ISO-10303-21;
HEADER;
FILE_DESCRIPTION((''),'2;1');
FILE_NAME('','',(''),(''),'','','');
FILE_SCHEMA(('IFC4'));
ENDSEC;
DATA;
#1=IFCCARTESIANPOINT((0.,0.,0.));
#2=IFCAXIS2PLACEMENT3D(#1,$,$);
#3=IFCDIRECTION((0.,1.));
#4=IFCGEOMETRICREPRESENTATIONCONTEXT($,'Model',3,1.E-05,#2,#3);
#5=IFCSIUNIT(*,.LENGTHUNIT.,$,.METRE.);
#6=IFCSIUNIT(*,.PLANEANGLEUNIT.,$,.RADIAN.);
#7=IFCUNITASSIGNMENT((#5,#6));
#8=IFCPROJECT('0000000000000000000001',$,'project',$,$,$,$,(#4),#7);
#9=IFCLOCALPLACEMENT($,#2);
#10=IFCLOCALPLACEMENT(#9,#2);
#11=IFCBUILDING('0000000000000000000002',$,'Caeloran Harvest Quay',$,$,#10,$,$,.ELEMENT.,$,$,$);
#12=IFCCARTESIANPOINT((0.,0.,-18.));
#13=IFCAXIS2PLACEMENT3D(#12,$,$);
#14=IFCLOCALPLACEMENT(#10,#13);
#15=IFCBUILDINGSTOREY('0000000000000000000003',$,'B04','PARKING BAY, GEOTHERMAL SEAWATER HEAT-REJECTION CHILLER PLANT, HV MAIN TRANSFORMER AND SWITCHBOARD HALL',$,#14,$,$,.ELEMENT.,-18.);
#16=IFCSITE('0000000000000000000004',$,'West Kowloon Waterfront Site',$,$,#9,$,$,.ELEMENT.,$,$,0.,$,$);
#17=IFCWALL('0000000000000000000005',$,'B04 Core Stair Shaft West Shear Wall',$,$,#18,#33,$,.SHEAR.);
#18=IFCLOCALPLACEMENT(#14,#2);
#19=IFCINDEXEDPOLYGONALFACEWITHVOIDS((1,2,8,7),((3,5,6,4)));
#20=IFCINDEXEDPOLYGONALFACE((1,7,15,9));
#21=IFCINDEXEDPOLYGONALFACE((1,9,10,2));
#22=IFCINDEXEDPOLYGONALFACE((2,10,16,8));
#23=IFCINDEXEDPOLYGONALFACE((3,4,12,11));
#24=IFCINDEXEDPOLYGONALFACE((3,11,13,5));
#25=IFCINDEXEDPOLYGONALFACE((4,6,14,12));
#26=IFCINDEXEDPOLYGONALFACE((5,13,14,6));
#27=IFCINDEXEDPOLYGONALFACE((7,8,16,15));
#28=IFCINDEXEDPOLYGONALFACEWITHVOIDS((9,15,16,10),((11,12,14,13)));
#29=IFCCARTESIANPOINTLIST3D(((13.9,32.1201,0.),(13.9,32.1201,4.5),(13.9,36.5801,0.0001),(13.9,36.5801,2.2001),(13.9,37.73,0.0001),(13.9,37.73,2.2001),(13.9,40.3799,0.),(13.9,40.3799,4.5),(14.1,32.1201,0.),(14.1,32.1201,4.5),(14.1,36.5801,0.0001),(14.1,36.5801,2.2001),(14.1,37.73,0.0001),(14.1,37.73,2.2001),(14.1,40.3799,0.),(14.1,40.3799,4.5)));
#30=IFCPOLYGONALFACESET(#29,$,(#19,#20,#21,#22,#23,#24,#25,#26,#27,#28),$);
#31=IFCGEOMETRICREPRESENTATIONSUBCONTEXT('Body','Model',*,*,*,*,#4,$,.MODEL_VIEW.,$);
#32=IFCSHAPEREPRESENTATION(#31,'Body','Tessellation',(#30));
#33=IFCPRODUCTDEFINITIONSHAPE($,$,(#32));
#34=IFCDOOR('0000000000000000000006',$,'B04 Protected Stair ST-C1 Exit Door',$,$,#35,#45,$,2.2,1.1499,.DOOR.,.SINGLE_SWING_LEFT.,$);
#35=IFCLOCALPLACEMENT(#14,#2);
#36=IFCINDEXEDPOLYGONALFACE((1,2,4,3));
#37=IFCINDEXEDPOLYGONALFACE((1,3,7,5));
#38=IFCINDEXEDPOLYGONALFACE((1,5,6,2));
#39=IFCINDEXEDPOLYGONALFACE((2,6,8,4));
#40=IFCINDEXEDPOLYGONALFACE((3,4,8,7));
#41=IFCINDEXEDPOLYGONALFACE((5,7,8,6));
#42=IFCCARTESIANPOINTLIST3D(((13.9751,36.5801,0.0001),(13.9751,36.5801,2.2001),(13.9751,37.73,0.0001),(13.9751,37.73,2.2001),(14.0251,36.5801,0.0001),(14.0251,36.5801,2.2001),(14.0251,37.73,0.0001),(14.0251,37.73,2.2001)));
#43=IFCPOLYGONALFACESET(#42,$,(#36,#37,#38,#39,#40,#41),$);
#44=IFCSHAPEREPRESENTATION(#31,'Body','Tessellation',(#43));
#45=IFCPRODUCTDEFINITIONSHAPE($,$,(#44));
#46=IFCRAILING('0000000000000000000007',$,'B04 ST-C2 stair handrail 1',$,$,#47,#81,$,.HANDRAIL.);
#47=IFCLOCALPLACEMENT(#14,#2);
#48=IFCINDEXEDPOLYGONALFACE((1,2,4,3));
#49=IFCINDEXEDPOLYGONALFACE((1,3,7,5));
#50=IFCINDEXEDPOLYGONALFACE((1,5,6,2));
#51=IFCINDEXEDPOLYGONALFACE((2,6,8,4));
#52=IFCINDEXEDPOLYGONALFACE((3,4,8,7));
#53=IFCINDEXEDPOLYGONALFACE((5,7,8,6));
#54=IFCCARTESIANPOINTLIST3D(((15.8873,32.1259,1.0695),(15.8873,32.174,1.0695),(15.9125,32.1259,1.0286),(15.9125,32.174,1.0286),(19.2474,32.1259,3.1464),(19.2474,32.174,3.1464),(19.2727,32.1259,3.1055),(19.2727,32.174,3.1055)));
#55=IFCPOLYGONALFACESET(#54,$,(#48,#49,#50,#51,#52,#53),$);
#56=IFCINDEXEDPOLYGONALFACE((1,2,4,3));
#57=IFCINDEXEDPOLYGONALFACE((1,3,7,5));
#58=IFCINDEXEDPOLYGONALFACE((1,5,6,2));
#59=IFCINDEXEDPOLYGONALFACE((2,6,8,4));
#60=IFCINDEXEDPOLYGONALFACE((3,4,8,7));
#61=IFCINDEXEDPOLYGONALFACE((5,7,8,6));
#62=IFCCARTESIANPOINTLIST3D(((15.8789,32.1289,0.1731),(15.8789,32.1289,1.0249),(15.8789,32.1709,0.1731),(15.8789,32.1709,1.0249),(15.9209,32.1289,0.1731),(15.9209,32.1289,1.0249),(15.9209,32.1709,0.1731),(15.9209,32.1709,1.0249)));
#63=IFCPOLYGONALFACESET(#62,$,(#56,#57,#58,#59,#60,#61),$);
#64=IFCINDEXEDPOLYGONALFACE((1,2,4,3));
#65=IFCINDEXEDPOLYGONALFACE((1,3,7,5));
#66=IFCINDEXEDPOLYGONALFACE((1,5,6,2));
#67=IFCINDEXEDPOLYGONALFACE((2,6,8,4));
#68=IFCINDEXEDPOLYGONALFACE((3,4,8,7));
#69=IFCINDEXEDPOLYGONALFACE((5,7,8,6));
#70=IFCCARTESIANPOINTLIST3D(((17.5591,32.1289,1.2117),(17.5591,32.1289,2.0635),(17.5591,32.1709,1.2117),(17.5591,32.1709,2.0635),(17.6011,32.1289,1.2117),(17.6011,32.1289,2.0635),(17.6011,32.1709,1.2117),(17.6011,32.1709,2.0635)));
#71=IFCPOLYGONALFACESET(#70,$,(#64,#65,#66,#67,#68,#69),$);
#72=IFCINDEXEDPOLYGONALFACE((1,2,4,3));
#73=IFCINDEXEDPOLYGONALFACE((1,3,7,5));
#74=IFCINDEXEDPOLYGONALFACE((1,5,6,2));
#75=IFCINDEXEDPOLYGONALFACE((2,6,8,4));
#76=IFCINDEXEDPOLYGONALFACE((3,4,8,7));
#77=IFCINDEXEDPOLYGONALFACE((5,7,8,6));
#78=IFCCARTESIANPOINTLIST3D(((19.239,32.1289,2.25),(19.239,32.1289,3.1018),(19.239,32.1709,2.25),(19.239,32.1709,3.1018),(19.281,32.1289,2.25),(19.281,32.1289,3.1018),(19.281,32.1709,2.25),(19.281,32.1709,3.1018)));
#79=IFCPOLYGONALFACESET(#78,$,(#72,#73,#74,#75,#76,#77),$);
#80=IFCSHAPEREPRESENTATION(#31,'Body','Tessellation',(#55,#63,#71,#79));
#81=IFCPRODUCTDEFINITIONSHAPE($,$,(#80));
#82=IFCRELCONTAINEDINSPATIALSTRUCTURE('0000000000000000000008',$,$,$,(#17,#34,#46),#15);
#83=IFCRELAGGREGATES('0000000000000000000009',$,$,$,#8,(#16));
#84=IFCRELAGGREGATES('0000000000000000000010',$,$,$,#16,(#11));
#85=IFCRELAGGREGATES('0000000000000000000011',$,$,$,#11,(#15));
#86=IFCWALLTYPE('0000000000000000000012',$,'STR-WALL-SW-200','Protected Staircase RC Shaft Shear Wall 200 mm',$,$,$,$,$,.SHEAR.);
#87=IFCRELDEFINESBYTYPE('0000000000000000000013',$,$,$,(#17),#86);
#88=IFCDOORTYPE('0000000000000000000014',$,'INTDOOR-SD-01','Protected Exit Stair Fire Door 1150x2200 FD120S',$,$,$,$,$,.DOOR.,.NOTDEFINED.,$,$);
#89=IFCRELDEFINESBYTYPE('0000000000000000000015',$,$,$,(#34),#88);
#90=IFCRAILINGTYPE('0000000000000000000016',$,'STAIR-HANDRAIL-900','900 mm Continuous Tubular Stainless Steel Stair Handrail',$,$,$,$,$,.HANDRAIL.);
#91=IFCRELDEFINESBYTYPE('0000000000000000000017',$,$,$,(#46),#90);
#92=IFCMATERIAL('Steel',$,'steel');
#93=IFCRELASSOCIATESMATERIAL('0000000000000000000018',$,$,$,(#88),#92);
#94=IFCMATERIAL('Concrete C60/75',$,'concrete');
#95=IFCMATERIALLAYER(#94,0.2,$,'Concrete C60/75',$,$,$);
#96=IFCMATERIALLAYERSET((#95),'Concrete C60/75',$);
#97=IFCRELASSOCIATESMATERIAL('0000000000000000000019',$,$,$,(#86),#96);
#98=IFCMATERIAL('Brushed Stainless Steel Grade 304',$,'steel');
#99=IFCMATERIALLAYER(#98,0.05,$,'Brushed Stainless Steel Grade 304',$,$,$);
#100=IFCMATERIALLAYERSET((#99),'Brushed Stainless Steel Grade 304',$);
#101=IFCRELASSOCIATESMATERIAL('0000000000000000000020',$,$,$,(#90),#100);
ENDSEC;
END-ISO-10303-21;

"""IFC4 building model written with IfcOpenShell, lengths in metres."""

from ifc_helpers import new_model, si_unit, direction, frame, frame_2d, origin, origin_2d, place, context, subcontext, project, spatial, rectangle, extrude, material, layer, layer_set, type_object, element, fill, save


model = new_model("IFC4")

# Units and contexts
model_context = context("Model", 3, precision=1e-05, world=origin(), true_north=direction((0.0, 1.0)))
body_context = subcontext(model_context, "Body", "Model", "MODEL_VIEW")
ifc_project = project(units=[si_unit("LENGTHUNIT", "METRE"), si_unit("PLANEANGLEUNIT", "RADIAN")], contexts=[model_context])

# Site, building, storey
site_placement = place(None, origin())
site = spatial("IfcSite", under=ifc_project, at=site_placement, Name="West Kowloon Waterfront Site", CompositionType="ELEMENT", RefElevation=0.0)
building_placement = place(site_placement, origin())
building = spatial("IfcBuilding", under=site, at=building_placement, Name="Caeloran Harvest Quay", CompositionType="ELEMENT")
storey_placement = place(building_placement, frame((0.0, 0.0, -18.0)))
storey = spatial("IfcBuildingStorey", under=building, at=storey_placement, Name="B04", Description="PARKING BAY, GEOTHERMAL SEAWATER HEAT-REJECTION CHILLER PLANT, HV MAIN TRANSFORMER AND SWITCHBOARD HALL", CompositionType="ELEMENT", Elevation=-18.0)

# Shared definitions
ifc_material_1 = material(Name="Concrete C60/75", Category="concrete")

# Shared definitions
ifc_material_2 = material(Name="Steel", Category="steel")
door_type_1 = type_object("IfcDoorType", Name="INTDOOR-SD-01", Description="Protected Exit Stair Fire Door 1150x2200 FD120S", OperationType="NOTDEFINED", PredefinedType="DOOR", material=ifc_material_2)

# Wall, opening, door
ifc_layer_1 = layer(ifc_material_1, 0.2, Name="Concrete C60/75")
ifc_layer_set_1 = layer_set([ifc_layer_1], Name="Concrete C60/75")
wall_type_1 = type_object("IfcWallType", Name="STR-WALL-SW-200", Description="Protected Staircase RC Shaft Shear Wall 200 mm", PredefinedType="SHEAR", material=ifc_layer_set_1)
wall_1_placement = place(storey_placement, frame((14.0, 32.1201, 0.0), z_axis=(0.0, 0.0, 1.0), x_axis=(0.0, 1.0, 0.0)))
wall_1 = element("IfcWall", 1, at=wall_1_placement, inside=storey, type_object=wall_type_1, Name="B04 Core Stair Shaft West Shear Wall", PredefinedType="SHEAR", context=body_context, shape_type="SweptSolid", body=[
    extrude(rectangle(XDim=8.2598, YDim=0.2, at=frame_2d((4.1299, 0.0))), origin(), (0.0, 0.0, 1.0), 4.5),
])
opening_1_placement = place(wall_1_placement, frame((4.46, 0.0, 0.0)))
opening_1 = element("IfcOpeningElement", 2, at=opening_1_placement, cuts=wall_1, PredefinedType="OPENING", context=body_context, shape_type="SweptSolid", body=[
    extrude(rectangle(XDim=1.1499, YDim=2.2, at=frame_2d((0.575, 1.1001))), frame((0.0, 0.1099, 0.0), z_axis=(0.0, -1.0, 0.0), x_axis=(1.0, 0.0, 0.0)), (0.0, 0.0, 1.0), 0.22),
])
door_1_placement = place(opening_1_placement, origin())
door_1 = element("IfcDoor", 3, at=door_1_placement, inside=storey, type_object=door_type_1, Name="B04 Protected Stair ST-C1 Exit Door", OperationType="SINGLE_SWING_LEFT", OverallHeight=2.2, OverallWidth=1.1499, PredefinedType="DOOR", context=body_context, shape_type="SweptSolid", body=[
    extrude(rectangle(XDim=1.1499, YDim=2.2, at=frame_2d((0.575, 1.1001))), frame((0.0, 0.0249, 0.0), z_axis=(0.0, -1.0, 0.0), x_axis=(1.0, 0.0, 0.0)), (0.0, 0.0, 1.0), 0.05),
])
fill(opening_1, door_1)

# Railing
ifc_material_3 = material(Name="Brushed Stainless Steel Grade 304", Category="steel")
ifc_layer_2 = layer(ifc_material_3, 0.05, Name="Brushed Stainless Steel Grade 304")
ifc_layer_set_2 = layer_set([ifc_layer_2], Name="Brushed Stainless Steel Grade 304")
railing_type = type_object("IfcRailingType", Name="STAIR-HANDRAIL-900", Description="900 mm Continuous Tubular Stainless Steel Stair Handrail", PredefinedType="HANDRAIL", material=ifc_layer_set_2)
railing_placement = place(storey_placement, frame((15.8999, 32.1499, 0.1731)))
element("IfcRailing", 4, at=railing_placement, inside=storey, type_object=railing_type, Name="B04 ST-C2 stair handrail 1", PredefinedType="HANDRAIL", context=body_context, shape_type="SweptSolid", body=[
    extrude(rectangle(XDim=0.0481, YDim=0.0481, at=origin_2d()), frame((0.0, 0.0, 0.876), z_axis=(0.850623, 0.0, 0.525776), x_axis=(0.0, 1.0, 0.0)), (0.0, 0.0, 1.0), 3.9502),
    extrude(rectangle(XDim=0.042, YDim=0.042, at=origin_2d()), origin(), (0.0, 0.0, 1.0), 0.8518),
    extrude(rectangle(XDim=0.042, YDim=0.042, at=origin_2d()), frame((1.6802, 0.0, 1.0386)), (0.0, 0.0, 1.0), 0.8518),
    extrude(rectangle(XDim=0.042, YDim=0.042, at=origin_2d()), frame((3.3601, 0.0, 2.0769)), (0.0, 0.0, 1.0), 0.8518),
])

save(model, "model.ifc")
